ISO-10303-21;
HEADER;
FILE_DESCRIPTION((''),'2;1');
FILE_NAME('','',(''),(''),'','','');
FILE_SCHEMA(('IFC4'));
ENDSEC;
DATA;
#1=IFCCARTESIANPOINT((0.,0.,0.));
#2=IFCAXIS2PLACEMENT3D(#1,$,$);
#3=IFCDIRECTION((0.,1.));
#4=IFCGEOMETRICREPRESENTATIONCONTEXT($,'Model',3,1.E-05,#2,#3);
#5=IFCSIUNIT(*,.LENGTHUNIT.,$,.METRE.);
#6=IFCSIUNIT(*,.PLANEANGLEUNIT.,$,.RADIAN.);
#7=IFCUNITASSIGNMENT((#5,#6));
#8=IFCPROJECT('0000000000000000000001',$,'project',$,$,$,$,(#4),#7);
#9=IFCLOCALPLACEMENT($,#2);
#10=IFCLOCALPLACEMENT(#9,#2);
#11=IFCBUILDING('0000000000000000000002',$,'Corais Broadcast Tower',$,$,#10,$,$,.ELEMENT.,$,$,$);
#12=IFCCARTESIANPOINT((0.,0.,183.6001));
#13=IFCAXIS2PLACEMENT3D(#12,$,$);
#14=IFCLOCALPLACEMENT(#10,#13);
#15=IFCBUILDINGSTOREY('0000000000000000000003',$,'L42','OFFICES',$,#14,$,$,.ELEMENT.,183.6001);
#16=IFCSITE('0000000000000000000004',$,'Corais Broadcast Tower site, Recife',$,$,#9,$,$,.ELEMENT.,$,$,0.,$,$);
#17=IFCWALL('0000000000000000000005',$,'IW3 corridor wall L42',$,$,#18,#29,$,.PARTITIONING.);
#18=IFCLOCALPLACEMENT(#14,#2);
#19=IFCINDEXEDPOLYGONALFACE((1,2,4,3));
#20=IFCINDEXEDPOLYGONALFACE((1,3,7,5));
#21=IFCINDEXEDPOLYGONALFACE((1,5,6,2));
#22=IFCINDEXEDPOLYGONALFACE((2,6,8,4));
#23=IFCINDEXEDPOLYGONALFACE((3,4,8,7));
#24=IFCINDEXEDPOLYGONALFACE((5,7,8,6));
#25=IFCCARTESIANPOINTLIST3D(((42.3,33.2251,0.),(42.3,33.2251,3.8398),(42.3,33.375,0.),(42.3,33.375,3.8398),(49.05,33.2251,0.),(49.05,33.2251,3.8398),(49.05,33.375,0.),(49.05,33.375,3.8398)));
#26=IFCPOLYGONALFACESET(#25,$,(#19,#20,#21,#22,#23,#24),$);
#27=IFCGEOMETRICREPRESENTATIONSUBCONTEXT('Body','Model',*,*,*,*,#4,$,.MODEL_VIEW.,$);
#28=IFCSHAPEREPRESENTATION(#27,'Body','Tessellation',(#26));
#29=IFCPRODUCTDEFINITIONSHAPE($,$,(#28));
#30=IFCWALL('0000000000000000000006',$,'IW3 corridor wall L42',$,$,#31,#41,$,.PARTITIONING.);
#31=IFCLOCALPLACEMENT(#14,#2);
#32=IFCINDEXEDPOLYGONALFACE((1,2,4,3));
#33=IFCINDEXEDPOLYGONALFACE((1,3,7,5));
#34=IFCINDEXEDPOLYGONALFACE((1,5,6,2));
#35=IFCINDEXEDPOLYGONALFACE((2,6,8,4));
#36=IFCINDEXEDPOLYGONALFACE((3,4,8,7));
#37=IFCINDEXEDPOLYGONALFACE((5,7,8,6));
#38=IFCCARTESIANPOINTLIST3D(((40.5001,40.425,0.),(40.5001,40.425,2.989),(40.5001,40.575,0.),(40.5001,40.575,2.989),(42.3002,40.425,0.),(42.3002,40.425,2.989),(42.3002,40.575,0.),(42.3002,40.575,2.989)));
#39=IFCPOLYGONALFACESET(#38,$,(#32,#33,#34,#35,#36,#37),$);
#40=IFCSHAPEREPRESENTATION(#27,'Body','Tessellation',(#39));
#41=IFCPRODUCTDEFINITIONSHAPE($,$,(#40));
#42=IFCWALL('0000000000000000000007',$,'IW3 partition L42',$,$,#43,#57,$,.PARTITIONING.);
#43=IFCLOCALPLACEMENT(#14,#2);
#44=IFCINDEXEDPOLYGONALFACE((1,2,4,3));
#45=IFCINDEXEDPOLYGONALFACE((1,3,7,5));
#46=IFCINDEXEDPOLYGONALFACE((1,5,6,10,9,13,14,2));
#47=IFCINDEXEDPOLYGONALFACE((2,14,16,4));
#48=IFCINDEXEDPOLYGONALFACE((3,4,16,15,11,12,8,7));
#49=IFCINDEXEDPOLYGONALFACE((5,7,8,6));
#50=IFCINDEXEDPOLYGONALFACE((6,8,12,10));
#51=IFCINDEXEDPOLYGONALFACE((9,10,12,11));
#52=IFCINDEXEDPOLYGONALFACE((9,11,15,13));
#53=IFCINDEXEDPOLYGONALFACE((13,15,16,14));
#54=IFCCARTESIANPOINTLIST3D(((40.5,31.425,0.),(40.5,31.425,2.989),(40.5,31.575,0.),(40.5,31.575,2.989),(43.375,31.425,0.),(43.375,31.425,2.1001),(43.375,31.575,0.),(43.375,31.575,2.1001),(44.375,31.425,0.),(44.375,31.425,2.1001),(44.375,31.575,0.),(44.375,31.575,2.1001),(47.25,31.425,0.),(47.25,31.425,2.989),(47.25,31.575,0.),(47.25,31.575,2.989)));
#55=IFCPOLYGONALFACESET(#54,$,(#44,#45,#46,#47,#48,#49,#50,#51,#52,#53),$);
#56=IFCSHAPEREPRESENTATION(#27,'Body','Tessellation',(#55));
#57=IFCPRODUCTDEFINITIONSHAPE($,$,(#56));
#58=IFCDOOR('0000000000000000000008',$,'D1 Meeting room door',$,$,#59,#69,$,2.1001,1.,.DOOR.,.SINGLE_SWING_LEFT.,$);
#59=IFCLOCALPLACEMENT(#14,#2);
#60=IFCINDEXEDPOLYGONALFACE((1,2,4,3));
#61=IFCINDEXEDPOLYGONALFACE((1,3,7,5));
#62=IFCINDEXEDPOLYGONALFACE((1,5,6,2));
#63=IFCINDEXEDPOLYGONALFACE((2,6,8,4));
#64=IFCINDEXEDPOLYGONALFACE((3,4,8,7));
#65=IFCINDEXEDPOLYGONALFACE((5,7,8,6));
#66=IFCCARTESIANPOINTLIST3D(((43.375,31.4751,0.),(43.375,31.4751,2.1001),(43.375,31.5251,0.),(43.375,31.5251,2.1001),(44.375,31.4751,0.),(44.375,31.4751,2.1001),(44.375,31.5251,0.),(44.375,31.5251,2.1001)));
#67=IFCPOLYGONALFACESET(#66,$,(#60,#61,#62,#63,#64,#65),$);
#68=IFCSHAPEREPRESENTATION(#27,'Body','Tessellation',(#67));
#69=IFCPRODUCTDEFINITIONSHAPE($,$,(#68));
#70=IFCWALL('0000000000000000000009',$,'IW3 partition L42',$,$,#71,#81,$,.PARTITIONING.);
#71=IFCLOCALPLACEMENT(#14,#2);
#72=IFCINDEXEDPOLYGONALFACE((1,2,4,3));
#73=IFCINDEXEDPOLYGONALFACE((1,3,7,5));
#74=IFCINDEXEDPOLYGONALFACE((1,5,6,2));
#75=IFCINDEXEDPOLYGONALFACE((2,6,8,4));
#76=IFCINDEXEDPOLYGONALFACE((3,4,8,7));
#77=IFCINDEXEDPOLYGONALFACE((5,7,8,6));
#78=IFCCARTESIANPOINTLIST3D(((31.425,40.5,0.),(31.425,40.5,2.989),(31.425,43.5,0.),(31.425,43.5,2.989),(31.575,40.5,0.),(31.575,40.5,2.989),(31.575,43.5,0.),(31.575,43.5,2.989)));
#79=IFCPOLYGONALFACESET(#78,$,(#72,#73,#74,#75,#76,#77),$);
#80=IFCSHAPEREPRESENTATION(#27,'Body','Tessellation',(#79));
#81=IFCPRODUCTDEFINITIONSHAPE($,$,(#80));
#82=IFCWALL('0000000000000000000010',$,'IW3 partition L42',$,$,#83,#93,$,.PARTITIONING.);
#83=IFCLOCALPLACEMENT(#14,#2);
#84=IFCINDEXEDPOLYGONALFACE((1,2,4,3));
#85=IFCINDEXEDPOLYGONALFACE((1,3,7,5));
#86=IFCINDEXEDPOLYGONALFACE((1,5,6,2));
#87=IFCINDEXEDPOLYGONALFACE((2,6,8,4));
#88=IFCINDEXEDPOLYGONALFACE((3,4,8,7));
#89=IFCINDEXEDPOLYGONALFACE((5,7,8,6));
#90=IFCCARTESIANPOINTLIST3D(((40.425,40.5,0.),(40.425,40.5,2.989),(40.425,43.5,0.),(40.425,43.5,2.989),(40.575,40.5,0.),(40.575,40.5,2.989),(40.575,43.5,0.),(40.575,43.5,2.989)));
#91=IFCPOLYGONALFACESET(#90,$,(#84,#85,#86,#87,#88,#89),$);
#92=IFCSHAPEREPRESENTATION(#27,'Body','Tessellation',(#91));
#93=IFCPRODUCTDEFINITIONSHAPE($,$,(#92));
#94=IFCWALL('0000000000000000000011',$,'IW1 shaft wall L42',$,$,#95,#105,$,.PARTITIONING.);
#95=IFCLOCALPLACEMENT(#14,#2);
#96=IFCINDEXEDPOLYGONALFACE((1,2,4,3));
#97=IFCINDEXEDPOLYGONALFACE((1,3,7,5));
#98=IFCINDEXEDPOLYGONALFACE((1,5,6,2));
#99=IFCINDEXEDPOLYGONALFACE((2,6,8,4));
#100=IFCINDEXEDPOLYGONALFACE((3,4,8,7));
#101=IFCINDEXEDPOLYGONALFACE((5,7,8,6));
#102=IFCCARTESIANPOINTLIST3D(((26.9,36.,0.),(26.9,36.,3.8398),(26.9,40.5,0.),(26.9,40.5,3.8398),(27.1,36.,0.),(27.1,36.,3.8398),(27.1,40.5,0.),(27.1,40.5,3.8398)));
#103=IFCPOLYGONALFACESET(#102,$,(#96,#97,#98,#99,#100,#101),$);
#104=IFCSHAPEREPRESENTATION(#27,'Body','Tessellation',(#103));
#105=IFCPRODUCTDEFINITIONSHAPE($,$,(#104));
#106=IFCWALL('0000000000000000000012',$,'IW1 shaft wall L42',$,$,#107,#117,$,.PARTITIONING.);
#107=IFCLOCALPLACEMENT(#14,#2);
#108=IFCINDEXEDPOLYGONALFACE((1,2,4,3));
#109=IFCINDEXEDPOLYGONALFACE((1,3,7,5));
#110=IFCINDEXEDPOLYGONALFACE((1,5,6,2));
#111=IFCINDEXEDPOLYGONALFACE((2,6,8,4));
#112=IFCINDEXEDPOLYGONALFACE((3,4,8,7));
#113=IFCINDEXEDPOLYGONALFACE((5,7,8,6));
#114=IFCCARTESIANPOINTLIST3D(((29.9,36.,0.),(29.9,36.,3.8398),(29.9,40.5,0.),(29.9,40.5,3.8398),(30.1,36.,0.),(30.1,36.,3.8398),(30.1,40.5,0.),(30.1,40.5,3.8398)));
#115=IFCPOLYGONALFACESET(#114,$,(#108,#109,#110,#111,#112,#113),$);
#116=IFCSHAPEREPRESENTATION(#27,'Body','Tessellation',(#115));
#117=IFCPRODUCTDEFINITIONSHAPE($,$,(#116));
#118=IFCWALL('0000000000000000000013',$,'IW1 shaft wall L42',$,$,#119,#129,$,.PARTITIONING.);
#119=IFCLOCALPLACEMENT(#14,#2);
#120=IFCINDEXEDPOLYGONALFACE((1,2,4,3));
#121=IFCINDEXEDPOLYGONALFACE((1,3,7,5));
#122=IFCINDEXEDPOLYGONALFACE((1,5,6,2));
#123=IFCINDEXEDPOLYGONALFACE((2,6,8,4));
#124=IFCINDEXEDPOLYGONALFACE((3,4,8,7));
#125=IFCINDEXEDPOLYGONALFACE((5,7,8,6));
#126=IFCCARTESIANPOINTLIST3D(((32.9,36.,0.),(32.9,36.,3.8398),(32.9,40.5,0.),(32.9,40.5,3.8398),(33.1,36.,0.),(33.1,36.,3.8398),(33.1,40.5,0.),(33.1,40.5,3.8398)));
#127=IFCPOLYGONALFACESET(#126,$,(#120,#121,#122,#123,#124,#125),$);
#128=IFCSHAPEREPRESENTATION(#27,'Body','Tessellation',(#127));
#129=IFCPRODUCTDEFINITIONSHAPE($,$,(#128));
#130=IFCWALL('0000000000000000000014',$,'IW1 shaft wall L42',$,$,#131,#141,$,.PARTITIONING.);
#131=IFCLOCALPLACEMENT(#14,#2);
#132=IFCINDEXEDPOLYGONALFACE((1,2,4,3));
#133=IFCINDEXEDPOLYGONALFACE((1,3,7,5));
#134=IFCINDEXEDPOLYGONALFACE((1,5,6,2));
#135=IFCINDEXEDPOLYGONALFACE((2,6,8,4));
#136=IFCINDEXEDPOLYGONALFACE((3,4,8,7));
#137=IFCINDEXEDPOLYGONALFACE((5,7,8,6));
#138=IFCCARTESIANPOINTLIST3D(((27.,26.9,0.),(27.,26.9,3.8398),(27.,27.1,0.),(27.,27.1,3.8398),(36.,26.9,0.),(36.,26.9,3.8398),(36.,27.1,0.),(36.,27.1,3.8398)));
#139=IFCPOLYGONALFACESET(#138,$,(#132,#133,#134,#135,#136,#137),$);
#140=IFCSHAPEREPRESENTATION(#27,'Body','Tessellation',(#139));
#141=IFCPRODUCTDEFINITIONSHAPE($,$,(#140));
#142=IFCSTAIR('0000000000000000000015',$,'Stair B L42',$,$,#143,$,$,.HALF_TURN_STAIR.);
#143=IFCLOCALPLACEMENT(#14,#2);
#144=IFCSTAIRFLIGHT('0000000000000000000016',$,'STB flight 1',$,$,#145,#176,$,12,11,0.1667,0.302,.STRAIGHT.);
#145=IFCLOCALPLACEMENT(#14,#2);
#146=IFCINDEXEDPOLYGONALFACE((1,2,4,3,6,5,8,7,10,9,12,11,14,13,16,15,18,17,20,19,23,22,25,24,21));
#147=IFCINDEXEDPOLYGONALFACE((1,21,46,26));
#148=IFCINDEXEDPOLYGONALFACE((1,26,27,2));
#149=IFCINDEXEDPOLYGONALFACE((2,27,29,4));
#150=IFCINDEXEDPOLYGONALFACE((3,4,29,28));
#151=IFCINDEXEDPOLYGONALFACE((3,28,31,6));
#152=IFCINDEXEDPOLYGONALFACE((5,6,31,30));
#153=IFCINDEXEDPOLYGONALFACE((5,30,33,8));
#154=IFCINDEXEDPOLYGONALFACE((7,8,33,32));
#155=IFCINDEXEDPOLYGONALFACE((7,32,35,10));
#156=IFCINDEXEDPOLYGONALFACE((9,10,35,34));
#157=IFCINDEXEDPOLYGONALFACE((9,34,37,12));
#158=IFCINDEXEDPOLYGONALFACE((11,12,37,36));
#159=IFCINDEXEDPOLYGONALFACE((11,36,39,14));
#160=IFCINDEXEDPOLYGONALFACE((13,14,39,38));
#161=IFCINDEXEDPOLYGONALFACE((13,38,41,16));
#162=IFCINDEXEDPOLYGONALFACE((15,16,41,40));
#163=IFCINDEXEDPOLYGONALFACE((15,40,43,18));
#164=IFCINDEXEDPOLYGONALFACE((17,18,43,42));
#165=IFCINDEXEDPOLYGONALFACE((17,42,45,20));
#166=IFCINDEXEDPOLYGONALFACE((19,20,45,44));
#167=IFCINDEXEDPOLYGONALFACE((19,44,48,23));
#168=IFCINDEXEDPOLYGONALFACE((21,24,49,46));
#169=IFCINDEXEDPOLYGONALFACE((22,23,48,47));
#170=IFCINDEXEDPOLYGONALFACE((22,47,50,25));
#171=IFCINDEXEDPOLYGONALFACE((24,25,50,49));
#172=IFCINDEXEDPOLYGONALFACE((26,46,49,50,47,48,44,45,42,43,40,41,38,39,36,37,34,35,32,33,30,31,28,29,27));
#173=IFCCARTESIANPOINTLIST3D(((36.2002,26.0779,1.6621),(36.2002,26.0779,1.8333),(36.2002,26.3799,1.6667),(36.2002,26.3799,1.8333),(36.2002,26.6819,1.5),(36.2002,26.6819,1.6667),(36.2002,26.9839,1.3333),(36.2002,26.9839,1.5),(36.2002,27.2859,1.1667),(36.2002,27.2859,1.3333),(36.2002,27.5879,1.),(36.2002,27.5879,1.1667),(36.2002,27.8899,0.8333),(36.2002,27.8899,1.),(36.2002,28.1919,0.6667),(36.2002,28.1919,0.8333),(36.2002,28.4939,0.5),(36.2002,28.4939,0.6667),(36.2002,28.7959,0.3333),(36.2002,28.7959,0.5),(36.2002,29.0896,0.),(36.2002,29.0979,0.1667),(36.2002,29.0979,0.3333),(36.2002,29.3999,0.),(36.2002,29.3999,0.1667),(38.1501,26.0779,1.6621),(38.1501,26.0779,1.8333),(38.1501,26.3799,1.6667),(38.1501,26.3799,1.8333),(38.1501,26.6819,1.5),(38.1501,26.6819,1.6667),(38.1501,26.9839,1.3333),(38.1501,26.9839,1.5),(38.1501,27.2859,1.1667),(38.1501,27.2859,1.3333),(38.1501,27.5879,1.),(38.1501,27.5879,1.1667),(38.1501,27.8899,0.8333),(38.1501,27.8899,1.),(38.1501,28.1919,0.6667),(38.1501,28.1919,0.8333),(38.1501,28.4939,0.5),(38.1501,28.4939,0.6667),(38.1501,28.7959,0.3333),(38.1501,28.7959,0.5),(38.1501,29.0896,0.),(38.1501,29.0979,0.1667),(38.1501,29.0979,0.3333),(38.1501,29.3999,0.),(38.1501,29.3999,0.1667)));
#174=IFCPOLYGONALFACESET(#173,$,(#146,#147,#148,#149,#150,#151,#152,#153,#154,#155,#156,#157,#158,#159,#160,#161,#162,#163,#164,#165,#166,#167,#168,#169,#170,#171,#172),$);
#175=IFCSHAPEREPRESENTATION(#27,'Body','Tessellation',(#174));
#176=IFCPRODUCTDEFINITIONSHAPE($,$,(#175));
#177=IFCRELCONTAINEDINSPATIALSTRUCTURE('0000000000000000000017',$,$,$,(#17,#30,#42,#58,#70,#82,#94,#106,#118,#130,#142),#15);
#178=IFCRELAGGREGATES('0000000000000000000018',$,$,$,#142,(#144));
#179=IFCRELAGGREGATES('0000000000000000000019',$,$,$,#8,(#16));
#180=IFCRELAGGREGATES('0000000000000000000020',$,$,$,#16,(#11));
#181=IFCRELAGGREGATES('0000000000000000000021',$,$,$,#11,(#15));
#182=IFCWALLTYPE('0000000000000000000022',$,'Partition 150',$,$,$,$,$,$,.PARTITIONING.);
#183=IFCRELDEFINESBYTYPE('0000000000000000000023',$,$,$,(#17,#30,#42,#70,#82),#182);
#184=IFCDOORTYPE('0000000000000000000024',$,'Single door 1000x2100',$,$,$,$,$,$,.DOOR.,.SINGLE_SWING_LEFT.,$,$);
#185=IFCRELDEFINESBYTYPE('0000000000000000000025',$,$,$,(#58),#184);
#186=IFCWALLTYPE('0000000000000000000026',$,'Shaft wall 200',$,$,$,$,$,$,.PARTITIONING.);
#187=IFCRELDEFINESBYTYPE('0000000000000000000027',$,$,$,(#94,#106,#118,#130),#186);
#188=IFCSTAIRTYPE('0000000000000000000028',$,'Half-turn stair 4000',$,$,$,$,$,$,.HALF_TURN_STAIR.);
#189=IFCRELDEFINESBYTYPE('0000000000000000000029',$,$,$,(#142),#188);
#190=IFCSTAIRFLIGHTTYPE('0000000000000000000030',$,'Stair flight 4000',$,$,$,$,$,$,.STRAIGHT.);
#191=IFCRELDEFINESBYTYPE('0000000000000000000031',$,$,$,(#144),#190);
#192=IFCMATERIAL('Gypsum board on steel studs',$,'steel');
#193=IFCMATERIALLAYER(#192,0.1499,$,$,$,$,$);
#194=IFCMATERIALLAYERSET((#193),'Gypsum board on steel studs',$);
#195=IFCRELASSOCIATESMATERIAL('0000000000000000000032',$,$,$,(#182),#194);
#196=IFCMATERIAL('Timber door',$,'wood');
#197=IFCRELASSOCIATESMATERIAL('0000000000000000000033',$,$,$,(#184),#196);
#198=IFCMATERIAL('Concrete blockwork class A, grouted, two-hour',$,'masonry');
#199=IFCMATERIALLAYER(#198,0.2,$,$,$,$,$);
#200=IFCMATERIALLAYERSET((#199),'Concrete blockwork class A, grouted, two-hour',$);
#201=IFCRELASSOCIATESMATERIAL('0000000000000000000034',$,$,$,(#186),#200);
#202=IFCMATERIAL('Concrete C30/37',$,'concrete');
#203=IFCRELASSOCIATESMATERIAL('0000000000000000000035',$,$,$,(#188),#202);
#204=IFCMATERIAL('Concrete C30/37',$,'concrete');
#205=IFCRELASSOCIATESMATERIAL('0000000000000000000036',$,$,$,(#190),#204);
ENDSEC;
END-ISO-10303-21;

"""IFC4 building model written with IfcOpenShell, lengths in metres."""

from ifc_helpers import new_model, si_unit, direction, frame, frame_2d, origin, place, context, subcontext, project, spatial, polyline, rectangle, outline, extrude, material, layer, layer_set, type_object, element, fill, aggregate, save


model = new_model("IFC4")

# Units and contexts
model_context = context("Model", 3, precision=1e-05, world=origin(), true_north=direction((0.0, 1.0)))
body_context = subcontext(model_context, "Body", "Model", "MODEL_VIEW")
ifc_project = project(units=[si_unit("LENGTHUNIT", "METRE"), si_unit("PLANEANGLEUNIT", "RADIAN")], contexts=[model_context])

# Site, building, storey
site_placement = place(None, origin())
site = spatial("IfcSite", under=ifc_project, at=site_placement, Name="Corais Broadcast Tower site, Recife", CompositionType="ELEMENT", RefElevation=0.0)
building_placement = place(site_placement, origin())
building = spatial("IfcBuilding", under=site, at=building_placement, Name="Corais Broadcast Tower", CompositionType="ELEMENT")
storey_placement = place(building_placement, frame((0.0, 0.0, 183.6001)))
storey = spatial("IfcBuildingStorey", under=building, at=storey_placement, Name="L42", Description="OFFICES", CompositionType="ELEMENT", Elevation=183.6001)

# Walls
ifc_material_1 = material(Name="Gypsum board on steel studs", Category="steel")
ifc_layer_1 = layer(ifc_material_1, 0.1499)
ifc_layer_set_1 = layer_set([ifc_layer_1], Name="Gypsum board on steel studs")
wall_type_1 = type_object("IfcWallType", Name="Partition 150", PredefinedType="PARTITIONING", material=ifc_layer_set_1)
wall_1_placement = place(storey_placement, frame((49.05, 33.3, 0.0), z_axis=(0.0, 0.0, 1.0), x_axis=(-1.0, 0.0, 0.0)))
element("IfcWall", 1, at=wall_1_placement, inside=storey, type_object=wall_type_1, Name="IW3 corridor wall L42", PredefinedType="PARTITIONING", context=body_context, shape_type="SweptSolid", body=[
    extrude(rectangle(XDim=6.75, YDim=0.1499, at=frame_2d((3.375, 0.0))), origin(), (0.0, 0.0, 1.0), 3.8398),
])
wall_2_placement = place(storey_placement, frame((42.3, 40.5, 0.0), z_axis=(0.0, 0.0, 1.0), x_axis=(-1.0, 0.0, 0.0)))
element("IfcWall", 2, at=wall_2_placement, inside=storey, type_object=wall_type_1, Name="IW3 corridor wall L42", PredefinedType="PARTITIONING", context=body_context, shape_type="SweptSolid", body=[
    extrude(rectangle(XDim=1.8, YDim=0.1499, at=frame_2d((0.8999, 0.0))), origin(), (0.0, 0.0, 1.0), 2.989),
])

# Wall, opening, door
wall_3_placement = place(storey_placement, frame((47.25, 31.5, 0.0), z_axis=(0.0, 0.0, 1.0), x_axis=(-1.0, 0.0, 0.0)))
wall_3 = element("IfcWall", 3, at=wall_3_placement, inside=storey, type_object=wall_type_1, Name="IW3 partition L42", PredefinedType="PARTITIONING", context=body_context, shape_type="SweptSolid", body=[
    extrude(rectangle(XDim=6.75, YDim=0.1499, at=frame_2d((3.375, 0.0))), origin(), (0.0, 0.0, 1.0), 2.989),
])
opening_placement = place(wall_3_placement, frame((2.875, 0.0, 0.0)))
opening = element("IfcOpeningElement", 4, at=opening_placement, cuts=wall_3, PredefinedType="OPENING", context=body_context, shape_type="SweptSolid", body=[
    extrude(rectangle(XDim=1.0, YDim=2.1001, at=frame_2d((0.5, 1.05))), frame((0.0, 0.085, 0.0), z_axis=(0.0, -1.0, 0.0), x_axis=(1.0, 0.0, 0.0)), (0.0, 0.0, 1.0), 0.1699),
])
ifc_material_2 = material(Name="Timber door", Category="wood")
door_type = type_object("IfcDoorType", Name="Single door 1000x2100", OperationType="SINGLE_SWING_LEFT", PredefinedType="DOOR", material=ifc_material_2)
door_placement = place(opening_placement, origin())
door = element("IfcDoor", 5, at=door_placement, inside=storey, type_object=door_type, Name="D1 Meeting room door", OperationType="SINGLE_SWING_LEFT", OverallHeight=2.1001, OverallWidth=1.0, PredefinedType="DOOR", context=body_context, shape_type="SweptSolid", body=[
    extrude(rectangle(XDim=1.0, YDim=2.1001, at=frame_2d((0.5, 1.05))), frame((0.0, 0.0249, 0.0), z_axis=(0.0, -1.0, 0.0), x_axis=(1.0, 0.0, 0.0)), (0.0, 0.0, 1.0), 0.05),
])
fill(opening, door)

# Walls
for number, where, z_axis, x_axis, name in (
    (6, (31.5, 40.5, 0.0), (0.0, 0.0, 1.0), (0.0, 1.0, 0.0), "IW3 partition L42"),
    (7, (40.5, 40.5, 0.0), (0.0, 0.0, 1.0), (0.0, 1.0, 0.0), "IW3 partition L42"),
):
    element("IfcWall", number, at=place(storey_placement, frame(where, z_axis=z_axis, x_axis=x_axis)), inside=storey, type_object=wall_type_1, Name=name, PredefinedType="PARTITIONING", context=body_context, shape_type="SweptSolid", body=[
        extrude(rectangle(XDim=3.0, YDim=0.1499, at=frame_2d((1.5, 0.0))), origin(), (0.0, 0.0, 1.0), 2.989),
    ])
ifc_material_3 = material(Name="Concrete blockwork class A, grouted, two-hour", Category="masonry")
ifc_layer_2 = layer(ifc_material_3, 0.2)
ifc_layer_set_2 = layer_set([ifc_layer_2], Name="Concrete blockwork class A, grouted, two-hour")
wall_type_2 = type_object("IfcWallType", Name="Shaft wall 200", PredefinedType="PARTITIONING", material=ifc_layer_set_2)
for number, where, z_axis, x_axis, name in (
    (8, (27.0, 36.0, 0.0), (0.0, 0.0, 1.0), (0.0, 1.0, 0.0), "IW1 shaft wall L42"),
    (9, (30.0, 36.0, 0.0), (0.0, 0.0, 1.0), (0.0, 1.0, 0.0), "IW1 shaft wall L42"),
    (10, (33.0, 36.0, 0.0), (0.0, 0.0, 1.0), (0.0, 1.0, 0.0), "IW1 shaft wall L42"),
):
    element("IfcWall", number, at=place(storey_placement, frame(where, z_axis=z_axis, x_axis=x_axis)), inside=storey, type_object=wall_type_2, Name=name, PredefinedType="PARTITIONING", context=body_context, shape_type="SweptSolid", body=[
        extrude(rectangle(XDim=4.5, YDim=0.2, at=frame_2d((2.25, 0.0))), origin(), (0.0, 0.0, 1.0), 3.8398),
    ])
wall_4_placement = place(storey_placement, frame((27.0, 27.0, 0.0), z_axis=(0.0, 0.0, 1.0), x_axis=(1.0, 0.0, 0.0)))
element("IfcWall", 11, at=wall_4_placement, inside=storey, type_object=wall_type_2, Name="IW1 shaft wall L42", PredefinedType="PARTITIONING", context=body_context, shape_type="SweptSolid", body=[
    extrude(rectangle(XDim=9.0, YDim=0.2, at=frame_2d((4.5, 0.0))), origin(), (0.0, 0.0, 1.0), 3.8398),
])

# Stair, stair flight
ifc_material_4 = material(Name="Concrete C30/37", Category="concrete")
stair_type = type_object("IfcStairType", Name="Half-turn stair 4000", PredefinedType="HALF_TURN_STAIR", material=ifc_material_4)
stair_placement = place(storey_placement, origin())
stair = element("IfcStair", 12, at=stair_placement, inside=storey, type_object=stair_type, Name="Stair B L42", PredefinedType="HALF_TURN_STAIR")
ifc_material_5 = material(Name="Concrete C30/37", Category="concrete")
stair_flight_type = type_object("IfcStairFlightType", Name="Stair flight 4000", PredefinedType="STRAIGHT", material=ifc_material_5)
stair_flight_placement = place(storey_placement, frame((37.175, 29.3999, 0.0), z_axis=(0.0, 0.0, 1.0), x_axis=(0.0, -1.0, 0.0)))
stair_flight = element("IfcStairFlight", 13, at=stair_flight_placement, type_object=stair_flight_type, Name="STB flight 1", NumberOfRisers=12, NumberOfTreads=11, PredefinedType="STRAIGHT", RiserHeight=0.1667, TreadLength=0.302, context=body_context, shape_type="SweptSolid", body=[
    extrude(outline(polyline([(0.0, 0.0), (0.0, 0.1667), (0.302, 0.1667), (0.302, 0.3333), (0.604, 0.3333), (0.604, 0.5), (0.906, 0.5), (0.906, 0.6667), (1.208, 0.6667), (1.208, 0.8333), (1.51, 0.8333), (1.51, 1.0), (1.812, 1.0), (1.812, 1.1667), (2.114, 1.1667), (2.114, 1.3333), (2.416, 1.3333), (2.416, 1.5), (2.718, 1.5), (2.718, 1.6667), (3.02, 1.6667), (3.02, 1.8333), (3.322, 1.8333), (3.322, 2.0), (3.322, 1.6621), (0.3103, 0.0), (0.0, 0.0)])), frame((0.0, 0.9751, 0.0), z_axis=(0.0, -1.0, 0.0), x_axis=(1.0, 0.0, 0.0)), (0.0, 0.0, 1.0), 1.95),
])
aggregate(stair, [stair_flight])

save(model, "model.ifc")
